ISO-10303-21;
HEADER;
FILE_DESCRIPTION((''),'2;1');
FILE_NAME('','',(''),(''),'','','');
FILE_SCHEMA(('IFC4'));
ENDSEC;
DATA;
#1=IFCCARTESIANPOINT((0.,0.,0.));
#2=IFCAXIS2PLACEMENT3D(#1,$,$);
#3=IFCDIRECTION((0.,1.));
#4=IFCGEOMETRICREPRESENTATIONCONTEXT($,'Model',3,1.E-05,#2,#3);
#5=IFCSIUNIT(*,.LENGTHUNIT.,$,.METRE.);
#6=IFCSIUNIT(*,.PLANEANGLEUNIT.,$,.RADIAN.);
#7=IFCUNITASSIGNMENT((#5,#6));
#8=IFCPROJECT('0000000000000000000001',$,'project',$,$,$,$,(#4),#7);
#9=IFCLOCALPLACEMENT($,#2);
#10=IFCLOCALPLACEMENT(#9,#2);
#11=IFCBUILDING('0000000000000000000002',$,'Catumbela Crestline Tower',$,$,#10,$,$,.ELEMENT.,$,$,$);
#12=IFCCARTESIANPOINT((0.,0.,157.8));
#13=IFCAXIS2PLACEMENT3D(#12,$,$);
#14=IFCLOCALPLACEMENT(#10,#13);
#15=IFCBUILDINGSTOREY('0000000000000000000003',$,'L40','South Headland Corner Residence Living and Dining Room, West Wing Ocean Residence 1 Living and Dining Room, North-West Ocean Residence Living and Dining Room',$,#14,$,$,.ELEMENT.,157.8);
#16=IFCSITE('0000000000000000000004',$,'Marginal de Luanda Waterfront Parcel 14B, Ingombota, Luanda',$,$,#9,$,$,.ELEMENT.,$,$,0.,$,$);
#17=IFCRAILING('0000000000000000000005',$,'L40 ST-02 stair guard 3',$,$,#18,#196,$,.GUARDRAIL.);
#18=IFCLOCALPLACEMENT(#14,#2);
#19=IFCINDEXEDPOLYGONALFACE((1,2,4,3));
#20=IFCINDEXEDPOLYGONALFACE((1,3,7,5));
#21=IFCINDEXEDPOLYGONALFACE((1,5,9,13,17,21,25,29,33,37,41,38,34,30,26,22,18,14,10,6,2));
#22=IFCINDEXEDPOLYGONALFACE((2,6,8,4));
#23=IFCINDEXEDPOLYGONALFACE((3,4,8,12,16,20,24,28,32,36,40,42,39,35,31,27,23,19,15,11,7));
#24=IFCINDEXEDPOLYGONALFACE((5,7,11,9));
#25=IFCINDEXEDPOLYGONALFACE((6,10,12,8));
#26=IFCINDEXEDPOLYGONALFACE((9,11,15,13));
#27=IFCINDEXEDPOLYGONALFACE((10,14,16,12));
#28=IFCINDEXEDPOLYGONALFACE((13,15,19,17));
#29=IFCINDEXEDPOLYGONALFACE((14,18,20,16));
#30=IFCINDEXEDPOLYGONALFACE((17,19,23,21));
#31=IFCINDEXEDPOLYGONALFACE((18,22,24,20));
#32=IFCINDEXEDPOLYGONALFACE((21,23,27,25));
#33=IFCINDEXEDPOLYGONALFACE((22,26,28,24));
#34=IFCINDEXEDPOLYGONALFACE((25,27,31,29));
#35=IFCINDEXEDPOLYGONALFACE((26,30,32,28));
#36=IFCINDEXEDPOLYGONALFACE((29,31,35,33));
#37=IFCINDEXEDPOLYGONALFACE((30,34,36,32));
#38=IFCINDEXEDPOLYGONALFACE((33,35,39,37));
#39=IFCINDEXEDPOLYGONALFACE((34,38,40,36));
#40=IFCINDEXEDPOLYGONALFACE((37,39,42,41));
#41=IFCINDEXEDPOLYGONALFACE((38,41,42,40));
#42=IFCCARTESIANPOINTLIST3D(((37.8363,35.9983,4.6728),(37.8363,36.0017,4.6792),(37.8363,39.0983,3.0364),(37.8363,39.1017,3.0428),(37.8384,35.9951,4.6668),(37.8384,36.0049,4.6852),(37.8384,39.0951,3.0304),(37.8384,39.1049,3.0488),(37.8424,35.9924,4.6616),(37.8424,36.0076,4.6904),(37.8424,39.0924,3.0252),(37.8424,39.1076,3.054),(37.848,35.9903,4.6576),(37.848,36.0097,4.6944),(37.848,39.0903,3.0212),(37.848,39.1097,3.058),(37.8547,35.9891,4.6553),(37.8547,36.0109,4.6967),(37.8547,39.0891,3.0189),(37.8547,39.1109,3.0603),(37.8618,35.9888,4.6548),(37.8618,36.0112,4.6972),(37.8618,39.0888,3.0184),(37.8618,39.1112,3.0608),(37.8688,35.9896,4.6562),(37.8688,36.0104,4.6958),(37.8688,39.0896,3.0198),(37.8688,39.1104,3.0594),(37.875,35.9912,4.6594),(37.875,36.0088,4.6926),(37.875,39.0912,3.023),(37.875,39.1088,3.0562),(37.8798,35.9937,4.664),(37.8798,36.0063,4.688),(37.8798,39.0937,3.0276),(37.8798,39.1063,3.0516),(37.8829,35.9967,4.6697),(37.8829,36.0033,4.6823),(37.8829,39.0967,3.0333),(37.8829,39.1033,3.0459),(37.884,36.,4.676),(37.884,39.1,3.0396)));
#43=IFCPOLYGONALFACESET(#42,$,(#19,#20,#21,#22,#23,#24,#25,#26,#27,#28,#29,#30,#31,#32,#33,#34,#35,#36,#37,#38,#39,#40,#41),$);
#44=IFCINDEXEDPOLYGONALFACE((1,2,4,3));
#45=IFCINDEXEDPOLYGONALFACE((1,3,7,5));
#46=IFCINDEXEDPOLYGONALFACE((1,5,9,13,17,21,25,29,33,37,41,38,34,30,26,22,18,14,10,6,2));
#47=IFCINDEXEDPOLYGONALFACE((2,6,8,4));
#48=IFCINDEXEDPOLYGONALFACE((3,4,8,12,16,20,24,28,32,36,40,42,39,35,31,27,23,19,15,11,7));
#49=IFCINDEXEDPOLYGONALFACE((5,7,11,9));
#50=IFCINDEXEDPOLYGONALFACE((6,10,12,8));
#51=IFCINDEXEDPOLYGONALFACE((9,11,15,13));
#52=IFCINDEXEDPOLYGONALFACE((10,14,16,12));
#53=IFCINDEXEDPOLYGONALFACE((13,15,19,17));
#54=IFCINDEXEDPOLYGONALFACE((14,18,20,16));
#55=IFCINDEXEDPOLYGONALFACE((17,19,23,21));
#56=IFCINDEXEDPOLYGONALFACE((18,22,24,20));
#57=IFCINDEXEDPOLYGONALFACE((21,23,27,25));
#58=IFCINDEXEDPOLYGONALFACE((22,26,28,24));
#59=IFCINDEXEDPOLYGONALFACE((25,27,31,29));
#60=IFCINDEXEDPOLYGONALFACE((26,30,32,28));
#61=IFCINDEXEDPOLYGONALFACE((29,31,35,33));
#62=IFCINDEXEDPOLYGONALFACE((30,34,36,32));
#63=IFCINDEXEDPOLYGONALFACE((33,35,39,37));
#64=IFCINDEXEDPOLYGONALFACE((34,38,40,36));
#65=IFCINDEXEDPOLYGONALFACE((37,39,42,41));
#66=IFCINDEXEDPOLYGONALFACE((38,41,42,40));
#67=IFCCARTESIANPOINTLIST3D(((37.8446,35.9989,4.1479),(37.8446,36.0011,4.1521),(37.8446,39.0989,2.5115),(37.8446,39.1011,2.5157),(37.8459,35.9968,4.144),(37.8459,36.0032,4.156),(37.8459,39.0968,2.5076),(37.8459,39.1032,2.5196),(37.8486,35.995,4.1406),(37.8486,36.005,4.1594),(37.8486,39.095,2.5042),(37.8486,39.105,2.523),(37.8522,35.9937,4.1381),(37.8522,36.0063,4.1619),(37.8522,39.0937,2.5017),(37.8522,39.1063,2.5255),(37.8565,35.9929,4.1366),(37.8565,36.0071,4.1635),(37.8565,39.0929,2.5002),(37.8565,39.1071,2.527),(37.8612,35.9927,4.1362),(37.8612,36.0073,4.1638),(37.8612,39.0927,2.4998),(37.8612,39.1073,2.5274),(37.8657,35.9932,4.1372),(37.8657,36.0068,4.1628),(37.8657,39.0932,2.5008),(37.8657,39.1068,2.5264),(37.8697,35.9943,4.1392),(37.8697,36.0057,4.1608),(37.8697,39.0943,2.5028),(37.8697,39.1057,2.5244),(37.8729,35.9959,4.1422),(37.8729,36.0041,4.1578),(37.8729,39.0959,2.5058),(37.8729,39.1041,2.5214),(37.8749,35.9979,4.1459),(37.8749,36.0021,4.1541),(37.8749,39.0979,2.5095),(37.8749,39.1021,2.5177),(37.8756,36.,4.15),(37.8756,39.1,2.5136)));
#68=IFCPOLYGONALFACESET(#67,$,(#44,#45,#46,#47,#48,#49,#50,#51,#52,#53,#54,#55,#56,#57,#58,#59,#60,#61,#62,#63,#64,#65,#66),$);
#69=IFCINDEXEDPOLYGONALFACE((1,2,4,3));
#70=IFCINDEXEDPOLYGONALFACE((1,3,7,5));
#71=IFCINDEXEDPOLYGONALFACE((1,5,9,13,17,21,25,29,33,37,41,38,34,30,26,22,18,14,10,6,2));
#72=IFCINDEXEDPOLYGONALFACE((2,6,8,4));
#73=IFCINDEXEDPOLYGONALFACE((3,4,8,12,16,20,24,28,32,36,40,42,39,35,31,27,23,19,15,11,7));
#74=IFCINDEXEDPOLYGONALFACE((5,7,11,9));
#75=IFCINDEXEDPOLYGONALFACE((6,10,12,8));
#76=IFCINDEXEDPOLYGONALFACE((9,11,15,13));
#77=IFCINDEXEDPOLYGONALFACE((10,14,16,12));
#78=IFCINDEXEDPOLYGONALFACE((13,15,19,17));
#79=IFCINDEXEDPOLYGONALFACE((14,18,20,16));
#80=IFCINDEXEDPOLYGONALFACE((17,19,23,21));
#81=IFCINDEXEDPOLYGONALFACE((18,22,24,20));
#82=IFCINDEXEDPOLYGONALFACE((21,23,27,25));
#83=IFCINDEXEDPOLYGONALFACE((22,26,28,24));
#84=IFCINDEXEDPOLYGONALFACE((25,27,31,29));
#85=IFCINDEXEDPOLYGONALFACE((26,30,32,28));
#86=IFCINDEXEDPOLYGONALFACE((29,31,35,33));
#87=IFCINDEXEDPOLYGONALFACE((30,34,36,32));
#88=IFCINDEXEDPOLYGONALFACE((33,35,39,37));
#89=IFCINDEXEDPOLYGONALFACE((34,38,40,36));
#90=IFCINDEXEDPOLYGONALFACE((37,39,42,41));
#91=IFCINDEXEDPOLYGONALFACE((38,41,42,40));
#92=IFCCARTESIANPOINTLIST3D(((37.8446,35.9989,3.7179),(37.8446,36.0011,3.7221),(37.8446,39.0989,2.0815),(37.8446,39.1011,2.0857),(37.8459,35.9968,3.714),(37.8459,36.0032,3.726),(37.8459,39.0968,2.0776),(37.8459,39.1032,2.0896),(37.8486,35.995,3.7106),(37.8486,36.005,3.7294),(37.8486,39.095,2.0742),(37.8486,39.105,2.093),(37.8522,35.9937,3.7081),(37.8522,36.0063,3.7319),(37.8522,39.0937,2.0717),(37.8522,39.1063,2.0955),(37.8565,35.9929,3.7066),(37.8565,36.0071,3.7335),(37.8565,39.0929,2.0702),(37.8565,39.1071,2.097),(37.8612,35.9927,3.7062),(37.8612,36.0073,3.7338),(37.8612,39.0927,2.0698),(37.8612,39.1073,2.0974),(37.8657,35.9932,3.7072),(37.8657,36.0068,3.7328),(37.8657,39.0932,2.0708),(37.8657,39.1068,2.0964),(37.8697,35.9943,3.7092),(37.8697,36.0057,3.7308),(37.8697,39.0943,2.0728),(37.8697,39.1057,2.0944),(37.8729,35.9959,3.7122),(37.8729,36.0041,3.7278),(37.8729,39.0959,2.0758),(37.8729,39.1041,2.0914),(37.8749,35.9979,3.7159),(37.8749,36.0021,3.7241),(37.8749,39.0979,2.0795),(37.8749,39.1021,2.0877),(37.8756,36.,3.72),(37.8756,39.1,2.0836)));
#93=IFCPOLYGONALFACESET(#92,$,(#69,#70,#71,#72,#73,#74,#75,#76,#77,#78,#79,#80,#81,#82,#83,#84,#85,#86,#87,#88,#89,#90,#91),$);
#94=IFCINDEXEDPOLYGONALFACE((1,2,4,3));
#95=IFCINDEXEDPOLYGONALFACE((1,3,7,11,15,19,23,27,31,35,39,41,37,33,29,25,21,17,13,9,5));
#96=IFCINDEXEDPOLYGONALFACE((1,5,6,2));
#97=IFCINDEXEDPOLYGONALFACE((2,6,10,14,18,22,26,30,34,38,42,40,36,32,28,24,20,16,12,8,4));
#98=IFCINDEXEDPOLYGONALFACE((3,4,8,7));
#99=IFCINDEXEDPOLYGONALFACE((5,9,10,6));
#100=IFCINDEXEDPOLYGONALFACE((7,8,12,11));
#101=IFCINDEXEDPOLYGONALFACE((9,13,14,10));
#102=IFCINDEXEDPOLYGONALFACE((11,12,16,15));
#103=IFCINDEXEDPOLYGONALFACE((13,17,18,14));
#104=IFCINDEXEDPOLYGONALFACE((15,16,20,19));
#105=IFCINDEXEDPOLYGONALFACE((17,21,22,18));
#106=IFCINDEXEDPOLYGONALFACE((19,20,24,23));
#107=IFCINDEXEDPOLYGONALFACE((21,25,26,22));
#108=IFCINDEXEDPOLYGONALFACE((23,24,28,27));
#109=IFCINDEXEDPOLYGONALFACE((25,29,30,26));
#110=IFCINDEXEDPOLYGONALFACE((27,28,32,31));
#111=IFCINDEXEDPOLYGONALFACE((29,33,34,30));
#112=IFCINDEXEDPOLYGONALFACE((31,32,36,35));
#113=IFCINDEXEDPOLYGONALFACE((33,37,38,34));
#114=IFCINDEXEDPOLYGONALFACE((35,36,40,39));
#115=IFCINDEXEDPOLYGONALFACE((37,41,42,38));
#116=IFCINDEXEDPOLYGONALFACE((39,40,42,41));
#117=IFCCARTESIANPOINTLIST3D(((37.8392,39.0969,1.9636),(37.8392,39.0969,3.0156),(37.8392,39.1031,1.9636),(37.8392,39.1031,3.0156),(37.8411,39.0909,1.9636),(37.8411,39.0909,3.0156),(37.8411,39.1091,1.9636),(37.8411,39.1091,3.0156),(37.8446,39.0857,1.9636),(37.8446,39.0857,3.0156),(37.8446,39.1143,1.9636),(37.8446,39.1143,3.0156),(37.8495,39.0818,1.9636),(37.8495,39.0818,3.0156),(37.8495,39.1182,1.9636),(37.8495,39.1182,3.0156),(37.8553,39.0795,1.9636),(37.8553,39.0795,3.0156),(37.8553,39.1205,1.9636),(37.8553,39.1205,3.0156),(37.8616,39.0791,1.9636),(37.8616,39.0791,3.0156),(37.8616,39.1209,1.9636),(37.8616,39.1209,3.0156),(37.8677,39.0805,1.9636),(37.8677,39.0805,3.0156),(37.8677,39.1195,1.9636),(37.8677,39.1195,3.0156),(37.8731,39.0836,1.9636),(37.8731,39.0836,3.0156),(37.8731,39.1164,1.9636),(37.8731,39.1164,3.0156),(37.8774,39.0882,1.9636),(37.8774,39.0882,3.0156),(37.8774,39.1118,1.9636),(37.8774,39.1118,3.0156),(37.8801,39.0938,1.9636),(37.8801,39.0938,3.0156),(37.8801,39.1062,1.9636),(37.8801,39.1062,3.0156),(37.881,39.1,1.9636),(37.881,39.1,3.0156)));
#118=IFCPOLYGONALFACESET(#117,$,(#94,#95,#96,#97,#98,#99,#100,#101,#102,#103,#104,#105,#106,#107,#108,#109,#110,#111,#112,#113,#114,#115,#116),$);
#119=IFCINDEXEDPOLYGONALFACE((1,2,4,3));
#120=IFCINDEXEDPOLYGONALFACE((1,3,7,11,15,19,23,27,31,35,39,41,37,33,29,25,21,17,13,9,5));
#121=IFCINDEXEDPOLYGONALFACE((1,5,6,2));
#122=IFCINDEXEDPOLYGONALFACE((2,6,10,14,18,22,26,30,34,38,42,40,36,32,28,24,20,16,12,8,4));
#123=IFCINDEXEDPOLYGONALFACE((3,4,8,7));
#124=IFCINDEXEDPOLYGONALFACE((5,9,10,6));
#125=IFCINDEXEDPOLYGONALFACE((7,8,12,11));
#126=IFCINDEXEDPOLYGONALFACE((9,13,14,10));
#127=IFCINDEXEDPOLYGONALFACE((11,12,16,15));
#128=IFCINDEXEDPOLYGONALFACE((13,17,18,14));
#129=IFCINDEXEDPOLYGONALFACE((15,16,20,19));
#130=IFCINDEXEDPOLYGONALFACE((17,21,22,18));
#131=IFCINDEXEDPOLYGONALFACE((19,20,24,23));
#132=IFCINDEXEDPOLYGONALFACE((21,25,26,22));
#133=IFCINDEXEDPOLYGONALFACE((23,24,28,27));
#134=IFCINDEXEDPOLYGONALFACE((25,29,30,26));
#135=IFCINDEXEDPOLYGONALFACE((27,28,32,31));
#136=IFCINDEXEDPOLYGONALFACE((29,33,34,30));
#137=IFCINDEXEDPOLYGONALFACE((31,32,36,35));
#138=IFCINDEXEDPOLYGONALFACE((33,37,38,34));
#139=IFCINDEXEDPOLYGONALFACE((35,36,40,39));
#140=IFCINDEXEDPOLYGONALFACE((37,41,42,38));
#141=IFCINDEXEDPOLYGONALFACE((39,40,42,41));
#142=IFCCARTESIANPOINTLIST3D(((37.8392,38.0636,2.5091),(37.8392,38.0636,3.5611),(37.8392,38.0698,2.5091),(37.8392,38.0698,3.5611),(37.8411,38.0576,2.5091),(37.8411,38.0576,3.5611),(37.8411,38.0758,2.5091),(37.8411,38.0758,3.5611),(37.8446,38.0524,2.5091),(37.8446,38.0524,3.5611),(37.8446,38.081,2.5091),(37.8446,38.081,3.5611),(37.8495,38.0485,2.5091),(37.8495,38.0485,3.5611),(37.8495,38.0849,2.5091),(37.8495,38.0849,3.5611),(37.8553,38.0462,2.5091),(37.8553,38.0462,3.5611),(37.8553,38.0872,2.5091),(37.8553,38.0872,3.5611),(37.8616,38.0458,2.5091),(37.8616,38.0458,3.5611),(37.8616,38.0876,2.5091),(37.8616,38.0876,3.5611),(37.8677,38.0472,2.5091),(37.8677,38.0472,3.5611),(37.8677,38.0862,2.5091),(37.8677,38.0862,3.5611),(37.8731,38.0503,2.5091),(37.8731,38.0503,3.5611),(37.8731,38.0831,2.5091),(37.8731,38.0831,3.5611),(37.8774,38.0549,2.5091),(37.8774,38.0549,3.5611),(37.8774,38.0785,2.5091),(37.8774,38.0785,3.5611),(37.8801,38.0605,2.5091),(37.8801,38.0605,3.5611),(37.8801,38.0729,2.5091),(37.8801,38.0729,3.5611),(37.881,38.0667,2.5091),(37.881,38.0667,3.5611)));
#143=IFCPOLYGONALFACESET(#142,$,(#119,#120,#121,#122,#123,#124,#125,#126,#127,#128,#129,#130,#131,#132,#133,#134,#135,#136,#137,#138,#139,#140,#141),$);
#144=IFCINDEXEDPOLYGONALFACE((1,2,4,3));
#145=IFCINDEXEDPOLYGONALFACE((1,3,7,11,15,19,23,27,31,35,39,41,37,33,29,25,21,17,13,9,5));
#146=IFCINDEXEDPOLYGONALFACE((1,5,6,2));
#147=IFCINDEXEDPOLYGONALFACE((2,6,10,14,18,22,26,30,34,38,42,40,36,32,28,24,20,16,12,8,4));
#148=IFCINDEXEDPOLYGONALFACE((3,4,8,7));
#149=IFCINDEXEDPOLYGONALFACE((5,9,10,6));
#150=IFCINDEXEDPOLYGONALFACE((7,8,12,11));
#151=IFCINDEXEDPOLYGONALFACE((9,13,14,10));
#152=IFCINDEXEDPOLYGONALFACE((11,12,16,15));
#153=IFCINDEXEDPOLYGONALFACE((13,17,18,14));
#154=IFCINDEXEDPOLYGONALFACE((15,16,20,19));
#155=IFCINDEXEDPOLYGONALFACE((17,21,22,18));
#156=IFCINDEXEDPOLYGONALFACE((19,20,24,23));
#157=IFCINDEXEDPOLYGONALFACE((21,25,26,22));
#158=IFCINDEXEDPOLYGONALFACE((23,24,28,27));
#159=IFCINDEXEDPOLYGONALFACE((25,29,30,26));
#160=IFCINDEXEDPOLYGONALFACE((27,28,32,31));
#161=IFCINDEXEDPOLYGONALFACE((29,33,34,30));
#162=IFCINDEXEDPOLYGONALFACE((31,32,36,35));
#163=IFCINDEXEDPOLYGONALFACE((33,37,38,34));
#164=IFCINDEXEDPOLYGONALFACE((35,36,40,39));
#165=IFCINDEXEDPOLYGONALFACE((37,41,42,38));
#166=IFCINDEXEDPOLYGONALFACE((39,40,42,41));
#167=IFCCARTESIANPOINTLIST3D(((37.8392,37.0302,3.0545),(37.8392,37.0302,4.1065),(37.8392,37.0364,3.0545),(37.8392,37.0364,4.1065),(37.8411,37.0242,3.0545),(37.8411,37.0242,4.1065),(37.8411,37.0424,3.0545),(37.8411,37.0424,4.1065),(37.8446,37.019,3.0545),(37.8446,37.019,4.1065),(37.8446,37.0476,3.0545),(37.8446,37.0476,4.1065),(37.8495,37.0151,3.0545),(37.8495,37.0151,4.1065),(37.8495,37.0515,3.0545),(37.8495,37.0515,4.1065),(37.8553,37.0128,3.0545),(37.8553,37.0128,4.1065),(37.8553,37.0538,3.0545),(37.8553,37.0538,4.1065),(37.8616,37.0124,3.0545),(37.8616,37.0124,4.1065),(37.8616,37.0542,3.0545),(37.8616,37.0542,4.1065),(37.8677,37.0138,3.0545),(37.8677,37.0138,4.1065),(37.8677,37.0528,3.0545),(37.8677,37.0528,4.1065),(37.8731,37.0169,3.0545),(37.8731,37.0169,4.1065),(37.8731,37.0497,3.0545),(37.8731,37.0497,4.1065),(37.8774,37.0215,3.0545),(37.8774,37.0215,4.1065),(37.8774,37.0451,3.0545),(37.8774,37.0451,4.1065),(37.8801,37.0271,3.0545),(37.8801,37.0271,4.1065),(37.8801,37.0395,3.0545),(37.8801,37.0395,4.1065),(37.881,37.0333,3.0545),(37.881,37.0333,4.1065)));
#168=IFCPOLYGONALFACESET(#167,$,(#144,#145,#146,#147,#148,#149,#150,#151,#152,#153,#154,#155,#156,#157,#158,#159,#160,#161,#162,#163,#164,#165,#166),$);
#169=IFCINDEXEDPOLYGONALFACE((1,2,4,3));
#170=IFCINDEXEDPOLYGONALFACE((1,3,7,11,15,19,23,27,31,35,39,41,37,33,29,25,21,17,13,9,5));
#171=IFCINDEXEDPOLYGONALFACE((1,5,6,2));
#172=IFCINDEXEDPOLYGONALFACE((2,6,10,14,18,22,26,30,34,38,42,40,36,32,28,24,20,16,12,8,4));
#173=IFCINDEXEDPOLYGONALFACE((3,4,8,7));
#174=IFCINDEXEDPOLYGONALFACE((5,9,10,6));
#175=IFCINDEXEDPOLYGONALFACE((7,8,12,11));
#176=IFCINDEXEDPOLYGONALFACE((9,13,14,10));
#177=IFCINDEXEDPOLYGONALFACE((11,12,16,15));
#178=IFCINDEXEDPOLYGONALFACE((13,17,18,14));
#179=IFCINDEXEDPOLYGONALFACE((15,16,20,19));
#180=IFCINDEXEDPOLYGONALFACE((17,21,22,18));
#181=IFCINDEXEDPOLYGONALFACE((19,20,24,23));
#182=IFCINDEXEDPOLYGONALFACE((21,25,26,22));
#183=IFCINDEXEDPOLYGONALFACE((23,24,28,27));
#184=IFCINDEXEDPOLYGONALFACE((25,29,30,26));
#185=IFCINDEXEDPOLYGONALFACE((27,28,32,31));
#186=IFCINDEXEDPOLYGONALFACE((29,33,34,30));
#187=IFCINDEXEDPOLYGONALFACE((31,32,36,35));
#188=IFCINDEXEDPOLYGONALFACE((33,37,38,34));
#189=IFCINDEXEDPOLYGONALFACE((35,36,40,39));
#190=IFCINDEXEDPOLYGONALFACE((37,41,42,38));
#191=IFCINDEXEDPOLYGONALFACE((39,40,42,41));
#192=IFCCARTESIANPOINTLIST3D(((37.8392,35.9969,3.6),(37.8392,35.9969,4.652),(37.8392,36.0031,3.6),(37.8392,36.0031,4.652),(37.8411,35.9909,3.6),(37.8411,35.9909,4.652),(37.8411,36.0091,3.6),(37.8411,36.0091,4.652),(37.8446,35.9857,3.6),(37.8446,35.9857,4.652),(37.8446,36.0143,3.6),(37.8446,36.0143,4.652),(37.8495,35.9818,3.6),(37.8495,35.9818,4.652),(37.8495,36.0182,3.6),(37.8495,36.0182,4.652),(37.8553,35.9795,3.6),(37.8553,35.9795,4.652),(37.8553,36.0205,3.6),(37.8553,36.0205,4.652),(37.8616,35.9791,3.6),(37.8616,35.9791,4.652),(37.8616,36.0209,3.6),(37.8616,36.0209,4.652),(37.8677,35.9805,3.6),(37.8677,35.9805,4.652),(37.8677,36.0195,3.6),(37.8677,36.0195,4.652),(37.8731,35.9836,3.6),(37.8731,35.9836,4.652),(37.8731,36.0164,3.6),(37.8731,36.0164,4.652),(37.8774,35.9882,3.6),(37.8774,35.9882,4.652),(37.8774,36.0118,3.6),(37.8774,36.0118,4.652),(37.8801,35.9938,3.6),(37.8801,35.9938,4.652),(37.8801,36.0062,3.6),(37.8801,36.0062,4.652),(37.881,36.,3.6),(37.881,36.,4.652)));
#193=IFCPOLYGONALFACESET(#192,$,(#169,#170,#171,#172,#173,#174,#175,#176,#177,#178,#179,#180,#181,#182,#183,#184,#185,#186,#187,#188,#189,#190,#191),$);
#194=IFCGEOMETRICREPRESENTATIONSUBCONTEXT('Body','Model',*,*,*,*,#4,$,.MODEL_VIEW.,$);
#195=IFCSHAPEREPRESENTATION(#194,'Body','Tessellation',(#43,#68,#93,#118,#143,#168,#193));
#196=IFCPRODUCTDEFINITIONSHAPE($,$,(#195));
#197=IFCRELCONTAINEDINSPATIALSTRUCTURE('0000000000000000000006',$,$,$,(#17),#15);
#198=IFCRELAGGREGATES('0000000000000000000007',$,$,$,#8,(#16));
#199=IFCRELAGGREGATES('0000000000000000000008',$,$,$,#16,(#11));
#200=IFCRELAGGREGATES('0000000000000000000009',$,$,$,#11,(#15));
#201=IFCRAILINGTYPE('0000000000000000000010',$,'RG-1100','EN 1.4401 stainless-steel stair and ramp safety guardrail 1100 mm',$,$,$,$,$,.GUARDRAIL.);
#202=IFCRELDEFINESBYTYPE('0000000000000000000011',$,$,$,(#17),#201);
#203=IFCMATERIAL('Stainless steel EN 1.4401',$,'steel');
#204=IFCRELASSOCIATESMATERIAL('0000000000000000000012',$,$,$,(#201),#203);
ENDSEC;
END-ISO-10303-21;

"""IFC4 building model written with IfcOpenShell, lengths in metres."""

from ifc_helpers import new_model, si_unit, direction, frame, origin, origin_2d, place, context, subcontext, project, spatial, circle, extrude, material, type_object, element, save


model = new_model("IFC4")

# Units and contexts
model_context = context("Model", 3, precision=1e-05, world=origin(), true_north=direction((0.0, 1.0)))
body_context = subcontext(model_context, "Body", "Model", "MODEL_VIEW")
ifc_project = project(units=[si_unit("LENGTHUNIT", "METRE"), si_unit("PLANEANGLEUNIT", "RADIAN")], contexts=[model_context])

# Site, building, storey
site_placement = place(None, origin())
site = spatial("IfcSite", under=ifc_project, at=site_placement, Name="Marginal de Luanda Waterfront Parcel 14B, Ingombota, Luanda", CompositionType="ELEMENT", RefElevation=0.0)
building_placement = place(site_placement, origin())
building = spatial("IfcBuilding", under=site, at=building_placement, Name="Catumbela Crestline Tower", CompositionType="ELEMENT")
storey_placement = place(building_placement, frame((0.0, 0.0, 157.8)))
storey = spatial("IfcBuildingStorey", under=building, at=storey_placement, Name="L40", Description="South Headland Corner Residence Living and Dining Room, West Wing Ocean Residence 1 Living and Dining Room, North-West Ocean Residence Living and Dining Room", CompositionType="ELEMENT", Elevation=157.8)

# Shared definitions
ifc_material_1 = material(Name="Stainless steel EN 1.4401", Category="steel")

# Railing
railing_type_1 = type_object("IfcRailingType", Name="RG-1100", Description="EN 1.4401 stainless-steel stair and ramp safety guardrail 1100 mm", PredefinedType="GUARDRAIL", material=ifc_material_1)
railing_1_placement = place(storey_placement, frame((37.86, 39.1, 1.9636)))
element("IfcRailing", 1, at=railing_1_placement, inside=storey, type_object=railing_type_1, Name="L40 ST-02 stair guard 3", PredefinedType="GUARDRAIL", context=body_context, shape_type="SweptSolid", body=[
    extrude(circle(Radius=0.024, at=origin_2d()), frame((0.0, 0.0, 1.076), z_axis=(0.0, -0.884351, 0.466823), x_axis=(1.0, 0.0, 0.0)), (0.0, 0.0, 1.0), 3.5054),
    extrude(circle(Radius=0.0156, at=origin_2d()), frame((0.0, 0.0, 0.55), z_axis=(0.0, -0.884351, 0.466823), x_axis=(1.0, 0.0, 0.0)), (0.0, 0.0, 1.0), 3.5054),
    extrude(circle(Radius=0.0156, at=origin_2d()), frame((0.0, 0.0, 0.12), z_axis=(0.0, -0.884351, 0.466823), x_axis=(1.0, 0.0, 0.0)), (0.0, 0.0, 1.0), 3.5054),
    extrude(circle(Radius=0.021, at=origin_2d()), origin(), (0.0, 0.0, 1.0), 1.052),
    extrude(circle(Radius=0.021, at=origin_2d()), frame((0.0, -1.0333, 0.5455)), (0.0, 0.0, 1.0), 1.052),
    extrude(circle(Radius=0.021, at=origin_2d()), frame((0.0, -2.0667, 1.0909)), (0.0, 0.0, 1.0), 1.052),
    extrude(circle(Radius=0.021, at=origin_2d()), frame((0.0, -3.1, 1.6364)), (0.0, 0.0, 1.0), 1.052),
])

save(model, "model.ifc")
